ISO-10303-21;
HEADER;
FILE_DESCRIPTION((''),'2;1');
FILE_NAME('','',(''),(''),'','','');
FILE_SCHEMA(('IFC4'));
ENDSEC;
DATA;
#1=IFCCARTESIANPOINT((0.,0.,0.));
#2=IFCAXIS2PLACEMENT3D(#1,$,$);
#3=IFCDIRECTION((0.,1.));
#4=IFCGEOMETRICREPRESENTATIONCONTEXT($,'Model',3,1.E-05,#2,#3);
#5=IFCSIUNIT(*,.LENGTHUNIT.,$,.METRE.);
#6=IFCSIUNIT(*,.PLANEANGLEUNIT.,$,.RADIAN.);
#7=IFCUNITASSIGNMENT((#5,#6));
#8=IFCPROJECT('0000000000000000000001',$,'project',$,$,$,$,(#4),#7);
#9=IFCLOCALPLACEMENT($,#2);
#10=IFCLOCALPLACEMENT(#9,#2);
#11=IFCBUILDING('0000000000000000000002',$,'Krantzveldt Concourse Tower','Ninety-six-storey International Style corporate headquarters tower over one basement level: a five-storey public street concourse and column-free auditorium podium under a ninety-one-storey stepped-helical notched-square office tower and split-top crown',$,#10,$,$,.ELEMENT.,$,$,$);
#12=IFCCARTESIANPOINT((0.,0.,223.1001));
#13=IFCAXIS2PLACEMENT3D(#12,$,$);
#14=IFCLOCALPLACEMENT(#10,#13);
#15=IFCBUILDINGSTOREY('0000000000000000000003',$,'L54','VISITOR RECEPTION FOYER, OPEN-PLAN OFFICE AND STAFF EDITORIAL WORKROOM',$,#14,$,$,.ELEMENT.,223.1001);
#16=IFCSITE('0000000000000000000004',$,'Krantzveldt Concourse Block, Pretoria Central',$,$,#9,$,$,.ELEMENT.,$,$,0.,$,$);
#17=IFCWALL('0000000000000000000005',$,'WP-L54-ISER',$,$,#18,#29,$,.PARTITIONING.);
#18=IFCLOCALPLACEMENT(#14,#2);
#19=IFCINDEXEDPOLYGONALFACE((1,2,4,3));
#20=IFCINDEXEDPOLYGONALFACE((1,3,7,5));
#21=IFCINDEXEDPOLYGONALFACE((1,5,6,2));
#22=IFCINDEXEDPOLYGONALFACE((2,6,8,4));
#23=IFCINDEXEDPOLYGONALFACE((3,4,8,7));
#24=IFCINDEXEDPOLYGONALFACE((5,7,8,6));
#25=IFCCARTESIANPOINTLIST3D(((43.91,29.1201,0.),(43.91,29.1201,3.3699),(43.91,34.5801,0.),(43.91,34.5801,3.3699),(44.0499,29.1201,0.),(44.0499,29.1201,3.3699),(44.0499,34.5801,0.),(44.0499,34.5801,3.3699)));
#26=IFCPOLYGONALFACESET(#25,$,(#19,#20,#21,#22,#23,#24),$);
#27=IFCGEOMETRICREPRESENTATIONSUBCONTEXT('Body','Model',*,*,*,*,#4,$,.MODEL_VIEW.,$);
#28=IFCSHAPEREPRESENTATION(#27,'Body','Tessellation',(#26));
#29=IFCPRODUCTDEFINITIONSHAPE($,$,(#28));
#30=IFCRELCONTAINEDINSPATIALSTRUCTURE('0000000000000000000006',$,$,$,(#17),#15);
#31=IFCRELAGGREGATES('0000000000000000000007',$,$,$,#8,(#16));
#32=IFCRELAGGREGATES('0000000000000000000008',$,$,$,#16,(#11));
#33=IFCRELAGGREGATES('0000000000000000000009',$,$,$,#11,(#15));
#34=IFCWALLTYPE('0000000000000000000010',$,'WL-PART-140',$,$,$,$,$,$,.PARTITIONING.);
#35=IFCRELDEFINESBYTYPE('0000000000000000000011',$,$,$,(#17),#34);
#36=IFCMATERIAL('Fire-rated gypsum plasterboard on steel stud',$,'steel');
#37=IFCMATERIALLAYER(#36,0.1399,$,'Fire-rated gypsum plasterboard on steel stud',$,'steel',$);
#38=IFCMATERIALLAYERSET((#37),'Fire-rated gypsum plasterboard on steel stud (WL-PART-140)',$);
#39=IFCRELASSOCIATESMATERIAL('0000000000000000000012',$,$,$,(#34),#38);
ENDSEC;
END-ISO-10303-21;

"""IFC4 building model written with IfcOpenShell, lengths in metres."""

from ifc_helpers import new_model, si_unit, direction, frame, frame_2d, origin, place, context, subcontext, project, spatial, rectangle, extrude, material, layer, layer_set, type_object, element, save


model = new_model("IFC4")

# Units and contexts
model_context = context("Model", 3, precision=1e-05, world=origin(), true_north=direction((0.0, 1.0)))
body_context = subcontext(model_context, "Body", "Model", "MODEL_VIEW")
ifc_project = project(units=[si_unit("LENGTHUNIT", "METRE"), si_unit("PLANEANGLEUNIT", "RADIAN")], contexts=[model_context])

# Site, building, storey
site_placement = place(None, origin())
site = spatial("IfcSite", under=ifc_project, at=site_placement, Name="Krantzveldt Concourse Block, Pretoria Central", CompositionType="ELEMENT", RefElevation=0.0)
building_placement = place(site_placement, origin())
building = spatial("IfcBuilding", under=site, at=building_placement, Name="Krantzveldt Concourse Tower", Description="Ninety-six-storey International Style corporate headquarters tower over one basement level: a five-storey public street concourse and column-free auditorium podium under a ninety-one-storey stepped-helical notched-square office tower and split-top crown", CompositionType="ELEMENT")
storey_placement = place(building_placement, frame((0.0, 0.0, 223.1001)))
storey = spatial("IfcBuildingStorey", under=building, at=storey_placement, Name="L54", Description="VISITOR RECEPTION FOYER, OPEN-PLAN OFFICE AND STAFF EDITORIAL WORKROOM", CompositionType="ELEMENT", Elevation=223.1001)

# Shared definitions
ifc_material_1 = material(Name="Fire-rated gypsum plasterboard on steel stud", Category="steel")

# Shared definitions
ifc_layer_1 = layer(ifc_material_1, 0.1399, Name="Fire-rated gypsum plasterboard on steel stud", Category="steel")
ifc_layer_set_1 = layer_set([ifc_layer_1], Name="Fire-rated gypsum plasterboard on steel stud (WL-PART-140)")
wall_type_1 = type_object("IfcWallType", Name="WL-PART-140", PredefinedType="PARTITIONING", material=ifc_layer_set_1)

# Wall
wall_1_placement = place(storey_placement, frame((43.98, 29.1201, 0.0), z_axis=(0.0, 0.0, 1.0), x_axis=(0.0, 1.0, 0.0)))
element("IfcWall", 1, at=wall_1_placement, inside=storey, type_object=wall_type_1, Name="WP-L54-ISER", PredefinedType="PARTITIONING", context=body_context, shape_type="SweptSolid", body=[
    extrude(rectangle(XDim=5.46, YDim=0.1399, at=frame_2d((2.73, 0.0))), origin(), (0.0, 0.0, 1.0), 3.3699),
])

save(model, "model.ifc")
